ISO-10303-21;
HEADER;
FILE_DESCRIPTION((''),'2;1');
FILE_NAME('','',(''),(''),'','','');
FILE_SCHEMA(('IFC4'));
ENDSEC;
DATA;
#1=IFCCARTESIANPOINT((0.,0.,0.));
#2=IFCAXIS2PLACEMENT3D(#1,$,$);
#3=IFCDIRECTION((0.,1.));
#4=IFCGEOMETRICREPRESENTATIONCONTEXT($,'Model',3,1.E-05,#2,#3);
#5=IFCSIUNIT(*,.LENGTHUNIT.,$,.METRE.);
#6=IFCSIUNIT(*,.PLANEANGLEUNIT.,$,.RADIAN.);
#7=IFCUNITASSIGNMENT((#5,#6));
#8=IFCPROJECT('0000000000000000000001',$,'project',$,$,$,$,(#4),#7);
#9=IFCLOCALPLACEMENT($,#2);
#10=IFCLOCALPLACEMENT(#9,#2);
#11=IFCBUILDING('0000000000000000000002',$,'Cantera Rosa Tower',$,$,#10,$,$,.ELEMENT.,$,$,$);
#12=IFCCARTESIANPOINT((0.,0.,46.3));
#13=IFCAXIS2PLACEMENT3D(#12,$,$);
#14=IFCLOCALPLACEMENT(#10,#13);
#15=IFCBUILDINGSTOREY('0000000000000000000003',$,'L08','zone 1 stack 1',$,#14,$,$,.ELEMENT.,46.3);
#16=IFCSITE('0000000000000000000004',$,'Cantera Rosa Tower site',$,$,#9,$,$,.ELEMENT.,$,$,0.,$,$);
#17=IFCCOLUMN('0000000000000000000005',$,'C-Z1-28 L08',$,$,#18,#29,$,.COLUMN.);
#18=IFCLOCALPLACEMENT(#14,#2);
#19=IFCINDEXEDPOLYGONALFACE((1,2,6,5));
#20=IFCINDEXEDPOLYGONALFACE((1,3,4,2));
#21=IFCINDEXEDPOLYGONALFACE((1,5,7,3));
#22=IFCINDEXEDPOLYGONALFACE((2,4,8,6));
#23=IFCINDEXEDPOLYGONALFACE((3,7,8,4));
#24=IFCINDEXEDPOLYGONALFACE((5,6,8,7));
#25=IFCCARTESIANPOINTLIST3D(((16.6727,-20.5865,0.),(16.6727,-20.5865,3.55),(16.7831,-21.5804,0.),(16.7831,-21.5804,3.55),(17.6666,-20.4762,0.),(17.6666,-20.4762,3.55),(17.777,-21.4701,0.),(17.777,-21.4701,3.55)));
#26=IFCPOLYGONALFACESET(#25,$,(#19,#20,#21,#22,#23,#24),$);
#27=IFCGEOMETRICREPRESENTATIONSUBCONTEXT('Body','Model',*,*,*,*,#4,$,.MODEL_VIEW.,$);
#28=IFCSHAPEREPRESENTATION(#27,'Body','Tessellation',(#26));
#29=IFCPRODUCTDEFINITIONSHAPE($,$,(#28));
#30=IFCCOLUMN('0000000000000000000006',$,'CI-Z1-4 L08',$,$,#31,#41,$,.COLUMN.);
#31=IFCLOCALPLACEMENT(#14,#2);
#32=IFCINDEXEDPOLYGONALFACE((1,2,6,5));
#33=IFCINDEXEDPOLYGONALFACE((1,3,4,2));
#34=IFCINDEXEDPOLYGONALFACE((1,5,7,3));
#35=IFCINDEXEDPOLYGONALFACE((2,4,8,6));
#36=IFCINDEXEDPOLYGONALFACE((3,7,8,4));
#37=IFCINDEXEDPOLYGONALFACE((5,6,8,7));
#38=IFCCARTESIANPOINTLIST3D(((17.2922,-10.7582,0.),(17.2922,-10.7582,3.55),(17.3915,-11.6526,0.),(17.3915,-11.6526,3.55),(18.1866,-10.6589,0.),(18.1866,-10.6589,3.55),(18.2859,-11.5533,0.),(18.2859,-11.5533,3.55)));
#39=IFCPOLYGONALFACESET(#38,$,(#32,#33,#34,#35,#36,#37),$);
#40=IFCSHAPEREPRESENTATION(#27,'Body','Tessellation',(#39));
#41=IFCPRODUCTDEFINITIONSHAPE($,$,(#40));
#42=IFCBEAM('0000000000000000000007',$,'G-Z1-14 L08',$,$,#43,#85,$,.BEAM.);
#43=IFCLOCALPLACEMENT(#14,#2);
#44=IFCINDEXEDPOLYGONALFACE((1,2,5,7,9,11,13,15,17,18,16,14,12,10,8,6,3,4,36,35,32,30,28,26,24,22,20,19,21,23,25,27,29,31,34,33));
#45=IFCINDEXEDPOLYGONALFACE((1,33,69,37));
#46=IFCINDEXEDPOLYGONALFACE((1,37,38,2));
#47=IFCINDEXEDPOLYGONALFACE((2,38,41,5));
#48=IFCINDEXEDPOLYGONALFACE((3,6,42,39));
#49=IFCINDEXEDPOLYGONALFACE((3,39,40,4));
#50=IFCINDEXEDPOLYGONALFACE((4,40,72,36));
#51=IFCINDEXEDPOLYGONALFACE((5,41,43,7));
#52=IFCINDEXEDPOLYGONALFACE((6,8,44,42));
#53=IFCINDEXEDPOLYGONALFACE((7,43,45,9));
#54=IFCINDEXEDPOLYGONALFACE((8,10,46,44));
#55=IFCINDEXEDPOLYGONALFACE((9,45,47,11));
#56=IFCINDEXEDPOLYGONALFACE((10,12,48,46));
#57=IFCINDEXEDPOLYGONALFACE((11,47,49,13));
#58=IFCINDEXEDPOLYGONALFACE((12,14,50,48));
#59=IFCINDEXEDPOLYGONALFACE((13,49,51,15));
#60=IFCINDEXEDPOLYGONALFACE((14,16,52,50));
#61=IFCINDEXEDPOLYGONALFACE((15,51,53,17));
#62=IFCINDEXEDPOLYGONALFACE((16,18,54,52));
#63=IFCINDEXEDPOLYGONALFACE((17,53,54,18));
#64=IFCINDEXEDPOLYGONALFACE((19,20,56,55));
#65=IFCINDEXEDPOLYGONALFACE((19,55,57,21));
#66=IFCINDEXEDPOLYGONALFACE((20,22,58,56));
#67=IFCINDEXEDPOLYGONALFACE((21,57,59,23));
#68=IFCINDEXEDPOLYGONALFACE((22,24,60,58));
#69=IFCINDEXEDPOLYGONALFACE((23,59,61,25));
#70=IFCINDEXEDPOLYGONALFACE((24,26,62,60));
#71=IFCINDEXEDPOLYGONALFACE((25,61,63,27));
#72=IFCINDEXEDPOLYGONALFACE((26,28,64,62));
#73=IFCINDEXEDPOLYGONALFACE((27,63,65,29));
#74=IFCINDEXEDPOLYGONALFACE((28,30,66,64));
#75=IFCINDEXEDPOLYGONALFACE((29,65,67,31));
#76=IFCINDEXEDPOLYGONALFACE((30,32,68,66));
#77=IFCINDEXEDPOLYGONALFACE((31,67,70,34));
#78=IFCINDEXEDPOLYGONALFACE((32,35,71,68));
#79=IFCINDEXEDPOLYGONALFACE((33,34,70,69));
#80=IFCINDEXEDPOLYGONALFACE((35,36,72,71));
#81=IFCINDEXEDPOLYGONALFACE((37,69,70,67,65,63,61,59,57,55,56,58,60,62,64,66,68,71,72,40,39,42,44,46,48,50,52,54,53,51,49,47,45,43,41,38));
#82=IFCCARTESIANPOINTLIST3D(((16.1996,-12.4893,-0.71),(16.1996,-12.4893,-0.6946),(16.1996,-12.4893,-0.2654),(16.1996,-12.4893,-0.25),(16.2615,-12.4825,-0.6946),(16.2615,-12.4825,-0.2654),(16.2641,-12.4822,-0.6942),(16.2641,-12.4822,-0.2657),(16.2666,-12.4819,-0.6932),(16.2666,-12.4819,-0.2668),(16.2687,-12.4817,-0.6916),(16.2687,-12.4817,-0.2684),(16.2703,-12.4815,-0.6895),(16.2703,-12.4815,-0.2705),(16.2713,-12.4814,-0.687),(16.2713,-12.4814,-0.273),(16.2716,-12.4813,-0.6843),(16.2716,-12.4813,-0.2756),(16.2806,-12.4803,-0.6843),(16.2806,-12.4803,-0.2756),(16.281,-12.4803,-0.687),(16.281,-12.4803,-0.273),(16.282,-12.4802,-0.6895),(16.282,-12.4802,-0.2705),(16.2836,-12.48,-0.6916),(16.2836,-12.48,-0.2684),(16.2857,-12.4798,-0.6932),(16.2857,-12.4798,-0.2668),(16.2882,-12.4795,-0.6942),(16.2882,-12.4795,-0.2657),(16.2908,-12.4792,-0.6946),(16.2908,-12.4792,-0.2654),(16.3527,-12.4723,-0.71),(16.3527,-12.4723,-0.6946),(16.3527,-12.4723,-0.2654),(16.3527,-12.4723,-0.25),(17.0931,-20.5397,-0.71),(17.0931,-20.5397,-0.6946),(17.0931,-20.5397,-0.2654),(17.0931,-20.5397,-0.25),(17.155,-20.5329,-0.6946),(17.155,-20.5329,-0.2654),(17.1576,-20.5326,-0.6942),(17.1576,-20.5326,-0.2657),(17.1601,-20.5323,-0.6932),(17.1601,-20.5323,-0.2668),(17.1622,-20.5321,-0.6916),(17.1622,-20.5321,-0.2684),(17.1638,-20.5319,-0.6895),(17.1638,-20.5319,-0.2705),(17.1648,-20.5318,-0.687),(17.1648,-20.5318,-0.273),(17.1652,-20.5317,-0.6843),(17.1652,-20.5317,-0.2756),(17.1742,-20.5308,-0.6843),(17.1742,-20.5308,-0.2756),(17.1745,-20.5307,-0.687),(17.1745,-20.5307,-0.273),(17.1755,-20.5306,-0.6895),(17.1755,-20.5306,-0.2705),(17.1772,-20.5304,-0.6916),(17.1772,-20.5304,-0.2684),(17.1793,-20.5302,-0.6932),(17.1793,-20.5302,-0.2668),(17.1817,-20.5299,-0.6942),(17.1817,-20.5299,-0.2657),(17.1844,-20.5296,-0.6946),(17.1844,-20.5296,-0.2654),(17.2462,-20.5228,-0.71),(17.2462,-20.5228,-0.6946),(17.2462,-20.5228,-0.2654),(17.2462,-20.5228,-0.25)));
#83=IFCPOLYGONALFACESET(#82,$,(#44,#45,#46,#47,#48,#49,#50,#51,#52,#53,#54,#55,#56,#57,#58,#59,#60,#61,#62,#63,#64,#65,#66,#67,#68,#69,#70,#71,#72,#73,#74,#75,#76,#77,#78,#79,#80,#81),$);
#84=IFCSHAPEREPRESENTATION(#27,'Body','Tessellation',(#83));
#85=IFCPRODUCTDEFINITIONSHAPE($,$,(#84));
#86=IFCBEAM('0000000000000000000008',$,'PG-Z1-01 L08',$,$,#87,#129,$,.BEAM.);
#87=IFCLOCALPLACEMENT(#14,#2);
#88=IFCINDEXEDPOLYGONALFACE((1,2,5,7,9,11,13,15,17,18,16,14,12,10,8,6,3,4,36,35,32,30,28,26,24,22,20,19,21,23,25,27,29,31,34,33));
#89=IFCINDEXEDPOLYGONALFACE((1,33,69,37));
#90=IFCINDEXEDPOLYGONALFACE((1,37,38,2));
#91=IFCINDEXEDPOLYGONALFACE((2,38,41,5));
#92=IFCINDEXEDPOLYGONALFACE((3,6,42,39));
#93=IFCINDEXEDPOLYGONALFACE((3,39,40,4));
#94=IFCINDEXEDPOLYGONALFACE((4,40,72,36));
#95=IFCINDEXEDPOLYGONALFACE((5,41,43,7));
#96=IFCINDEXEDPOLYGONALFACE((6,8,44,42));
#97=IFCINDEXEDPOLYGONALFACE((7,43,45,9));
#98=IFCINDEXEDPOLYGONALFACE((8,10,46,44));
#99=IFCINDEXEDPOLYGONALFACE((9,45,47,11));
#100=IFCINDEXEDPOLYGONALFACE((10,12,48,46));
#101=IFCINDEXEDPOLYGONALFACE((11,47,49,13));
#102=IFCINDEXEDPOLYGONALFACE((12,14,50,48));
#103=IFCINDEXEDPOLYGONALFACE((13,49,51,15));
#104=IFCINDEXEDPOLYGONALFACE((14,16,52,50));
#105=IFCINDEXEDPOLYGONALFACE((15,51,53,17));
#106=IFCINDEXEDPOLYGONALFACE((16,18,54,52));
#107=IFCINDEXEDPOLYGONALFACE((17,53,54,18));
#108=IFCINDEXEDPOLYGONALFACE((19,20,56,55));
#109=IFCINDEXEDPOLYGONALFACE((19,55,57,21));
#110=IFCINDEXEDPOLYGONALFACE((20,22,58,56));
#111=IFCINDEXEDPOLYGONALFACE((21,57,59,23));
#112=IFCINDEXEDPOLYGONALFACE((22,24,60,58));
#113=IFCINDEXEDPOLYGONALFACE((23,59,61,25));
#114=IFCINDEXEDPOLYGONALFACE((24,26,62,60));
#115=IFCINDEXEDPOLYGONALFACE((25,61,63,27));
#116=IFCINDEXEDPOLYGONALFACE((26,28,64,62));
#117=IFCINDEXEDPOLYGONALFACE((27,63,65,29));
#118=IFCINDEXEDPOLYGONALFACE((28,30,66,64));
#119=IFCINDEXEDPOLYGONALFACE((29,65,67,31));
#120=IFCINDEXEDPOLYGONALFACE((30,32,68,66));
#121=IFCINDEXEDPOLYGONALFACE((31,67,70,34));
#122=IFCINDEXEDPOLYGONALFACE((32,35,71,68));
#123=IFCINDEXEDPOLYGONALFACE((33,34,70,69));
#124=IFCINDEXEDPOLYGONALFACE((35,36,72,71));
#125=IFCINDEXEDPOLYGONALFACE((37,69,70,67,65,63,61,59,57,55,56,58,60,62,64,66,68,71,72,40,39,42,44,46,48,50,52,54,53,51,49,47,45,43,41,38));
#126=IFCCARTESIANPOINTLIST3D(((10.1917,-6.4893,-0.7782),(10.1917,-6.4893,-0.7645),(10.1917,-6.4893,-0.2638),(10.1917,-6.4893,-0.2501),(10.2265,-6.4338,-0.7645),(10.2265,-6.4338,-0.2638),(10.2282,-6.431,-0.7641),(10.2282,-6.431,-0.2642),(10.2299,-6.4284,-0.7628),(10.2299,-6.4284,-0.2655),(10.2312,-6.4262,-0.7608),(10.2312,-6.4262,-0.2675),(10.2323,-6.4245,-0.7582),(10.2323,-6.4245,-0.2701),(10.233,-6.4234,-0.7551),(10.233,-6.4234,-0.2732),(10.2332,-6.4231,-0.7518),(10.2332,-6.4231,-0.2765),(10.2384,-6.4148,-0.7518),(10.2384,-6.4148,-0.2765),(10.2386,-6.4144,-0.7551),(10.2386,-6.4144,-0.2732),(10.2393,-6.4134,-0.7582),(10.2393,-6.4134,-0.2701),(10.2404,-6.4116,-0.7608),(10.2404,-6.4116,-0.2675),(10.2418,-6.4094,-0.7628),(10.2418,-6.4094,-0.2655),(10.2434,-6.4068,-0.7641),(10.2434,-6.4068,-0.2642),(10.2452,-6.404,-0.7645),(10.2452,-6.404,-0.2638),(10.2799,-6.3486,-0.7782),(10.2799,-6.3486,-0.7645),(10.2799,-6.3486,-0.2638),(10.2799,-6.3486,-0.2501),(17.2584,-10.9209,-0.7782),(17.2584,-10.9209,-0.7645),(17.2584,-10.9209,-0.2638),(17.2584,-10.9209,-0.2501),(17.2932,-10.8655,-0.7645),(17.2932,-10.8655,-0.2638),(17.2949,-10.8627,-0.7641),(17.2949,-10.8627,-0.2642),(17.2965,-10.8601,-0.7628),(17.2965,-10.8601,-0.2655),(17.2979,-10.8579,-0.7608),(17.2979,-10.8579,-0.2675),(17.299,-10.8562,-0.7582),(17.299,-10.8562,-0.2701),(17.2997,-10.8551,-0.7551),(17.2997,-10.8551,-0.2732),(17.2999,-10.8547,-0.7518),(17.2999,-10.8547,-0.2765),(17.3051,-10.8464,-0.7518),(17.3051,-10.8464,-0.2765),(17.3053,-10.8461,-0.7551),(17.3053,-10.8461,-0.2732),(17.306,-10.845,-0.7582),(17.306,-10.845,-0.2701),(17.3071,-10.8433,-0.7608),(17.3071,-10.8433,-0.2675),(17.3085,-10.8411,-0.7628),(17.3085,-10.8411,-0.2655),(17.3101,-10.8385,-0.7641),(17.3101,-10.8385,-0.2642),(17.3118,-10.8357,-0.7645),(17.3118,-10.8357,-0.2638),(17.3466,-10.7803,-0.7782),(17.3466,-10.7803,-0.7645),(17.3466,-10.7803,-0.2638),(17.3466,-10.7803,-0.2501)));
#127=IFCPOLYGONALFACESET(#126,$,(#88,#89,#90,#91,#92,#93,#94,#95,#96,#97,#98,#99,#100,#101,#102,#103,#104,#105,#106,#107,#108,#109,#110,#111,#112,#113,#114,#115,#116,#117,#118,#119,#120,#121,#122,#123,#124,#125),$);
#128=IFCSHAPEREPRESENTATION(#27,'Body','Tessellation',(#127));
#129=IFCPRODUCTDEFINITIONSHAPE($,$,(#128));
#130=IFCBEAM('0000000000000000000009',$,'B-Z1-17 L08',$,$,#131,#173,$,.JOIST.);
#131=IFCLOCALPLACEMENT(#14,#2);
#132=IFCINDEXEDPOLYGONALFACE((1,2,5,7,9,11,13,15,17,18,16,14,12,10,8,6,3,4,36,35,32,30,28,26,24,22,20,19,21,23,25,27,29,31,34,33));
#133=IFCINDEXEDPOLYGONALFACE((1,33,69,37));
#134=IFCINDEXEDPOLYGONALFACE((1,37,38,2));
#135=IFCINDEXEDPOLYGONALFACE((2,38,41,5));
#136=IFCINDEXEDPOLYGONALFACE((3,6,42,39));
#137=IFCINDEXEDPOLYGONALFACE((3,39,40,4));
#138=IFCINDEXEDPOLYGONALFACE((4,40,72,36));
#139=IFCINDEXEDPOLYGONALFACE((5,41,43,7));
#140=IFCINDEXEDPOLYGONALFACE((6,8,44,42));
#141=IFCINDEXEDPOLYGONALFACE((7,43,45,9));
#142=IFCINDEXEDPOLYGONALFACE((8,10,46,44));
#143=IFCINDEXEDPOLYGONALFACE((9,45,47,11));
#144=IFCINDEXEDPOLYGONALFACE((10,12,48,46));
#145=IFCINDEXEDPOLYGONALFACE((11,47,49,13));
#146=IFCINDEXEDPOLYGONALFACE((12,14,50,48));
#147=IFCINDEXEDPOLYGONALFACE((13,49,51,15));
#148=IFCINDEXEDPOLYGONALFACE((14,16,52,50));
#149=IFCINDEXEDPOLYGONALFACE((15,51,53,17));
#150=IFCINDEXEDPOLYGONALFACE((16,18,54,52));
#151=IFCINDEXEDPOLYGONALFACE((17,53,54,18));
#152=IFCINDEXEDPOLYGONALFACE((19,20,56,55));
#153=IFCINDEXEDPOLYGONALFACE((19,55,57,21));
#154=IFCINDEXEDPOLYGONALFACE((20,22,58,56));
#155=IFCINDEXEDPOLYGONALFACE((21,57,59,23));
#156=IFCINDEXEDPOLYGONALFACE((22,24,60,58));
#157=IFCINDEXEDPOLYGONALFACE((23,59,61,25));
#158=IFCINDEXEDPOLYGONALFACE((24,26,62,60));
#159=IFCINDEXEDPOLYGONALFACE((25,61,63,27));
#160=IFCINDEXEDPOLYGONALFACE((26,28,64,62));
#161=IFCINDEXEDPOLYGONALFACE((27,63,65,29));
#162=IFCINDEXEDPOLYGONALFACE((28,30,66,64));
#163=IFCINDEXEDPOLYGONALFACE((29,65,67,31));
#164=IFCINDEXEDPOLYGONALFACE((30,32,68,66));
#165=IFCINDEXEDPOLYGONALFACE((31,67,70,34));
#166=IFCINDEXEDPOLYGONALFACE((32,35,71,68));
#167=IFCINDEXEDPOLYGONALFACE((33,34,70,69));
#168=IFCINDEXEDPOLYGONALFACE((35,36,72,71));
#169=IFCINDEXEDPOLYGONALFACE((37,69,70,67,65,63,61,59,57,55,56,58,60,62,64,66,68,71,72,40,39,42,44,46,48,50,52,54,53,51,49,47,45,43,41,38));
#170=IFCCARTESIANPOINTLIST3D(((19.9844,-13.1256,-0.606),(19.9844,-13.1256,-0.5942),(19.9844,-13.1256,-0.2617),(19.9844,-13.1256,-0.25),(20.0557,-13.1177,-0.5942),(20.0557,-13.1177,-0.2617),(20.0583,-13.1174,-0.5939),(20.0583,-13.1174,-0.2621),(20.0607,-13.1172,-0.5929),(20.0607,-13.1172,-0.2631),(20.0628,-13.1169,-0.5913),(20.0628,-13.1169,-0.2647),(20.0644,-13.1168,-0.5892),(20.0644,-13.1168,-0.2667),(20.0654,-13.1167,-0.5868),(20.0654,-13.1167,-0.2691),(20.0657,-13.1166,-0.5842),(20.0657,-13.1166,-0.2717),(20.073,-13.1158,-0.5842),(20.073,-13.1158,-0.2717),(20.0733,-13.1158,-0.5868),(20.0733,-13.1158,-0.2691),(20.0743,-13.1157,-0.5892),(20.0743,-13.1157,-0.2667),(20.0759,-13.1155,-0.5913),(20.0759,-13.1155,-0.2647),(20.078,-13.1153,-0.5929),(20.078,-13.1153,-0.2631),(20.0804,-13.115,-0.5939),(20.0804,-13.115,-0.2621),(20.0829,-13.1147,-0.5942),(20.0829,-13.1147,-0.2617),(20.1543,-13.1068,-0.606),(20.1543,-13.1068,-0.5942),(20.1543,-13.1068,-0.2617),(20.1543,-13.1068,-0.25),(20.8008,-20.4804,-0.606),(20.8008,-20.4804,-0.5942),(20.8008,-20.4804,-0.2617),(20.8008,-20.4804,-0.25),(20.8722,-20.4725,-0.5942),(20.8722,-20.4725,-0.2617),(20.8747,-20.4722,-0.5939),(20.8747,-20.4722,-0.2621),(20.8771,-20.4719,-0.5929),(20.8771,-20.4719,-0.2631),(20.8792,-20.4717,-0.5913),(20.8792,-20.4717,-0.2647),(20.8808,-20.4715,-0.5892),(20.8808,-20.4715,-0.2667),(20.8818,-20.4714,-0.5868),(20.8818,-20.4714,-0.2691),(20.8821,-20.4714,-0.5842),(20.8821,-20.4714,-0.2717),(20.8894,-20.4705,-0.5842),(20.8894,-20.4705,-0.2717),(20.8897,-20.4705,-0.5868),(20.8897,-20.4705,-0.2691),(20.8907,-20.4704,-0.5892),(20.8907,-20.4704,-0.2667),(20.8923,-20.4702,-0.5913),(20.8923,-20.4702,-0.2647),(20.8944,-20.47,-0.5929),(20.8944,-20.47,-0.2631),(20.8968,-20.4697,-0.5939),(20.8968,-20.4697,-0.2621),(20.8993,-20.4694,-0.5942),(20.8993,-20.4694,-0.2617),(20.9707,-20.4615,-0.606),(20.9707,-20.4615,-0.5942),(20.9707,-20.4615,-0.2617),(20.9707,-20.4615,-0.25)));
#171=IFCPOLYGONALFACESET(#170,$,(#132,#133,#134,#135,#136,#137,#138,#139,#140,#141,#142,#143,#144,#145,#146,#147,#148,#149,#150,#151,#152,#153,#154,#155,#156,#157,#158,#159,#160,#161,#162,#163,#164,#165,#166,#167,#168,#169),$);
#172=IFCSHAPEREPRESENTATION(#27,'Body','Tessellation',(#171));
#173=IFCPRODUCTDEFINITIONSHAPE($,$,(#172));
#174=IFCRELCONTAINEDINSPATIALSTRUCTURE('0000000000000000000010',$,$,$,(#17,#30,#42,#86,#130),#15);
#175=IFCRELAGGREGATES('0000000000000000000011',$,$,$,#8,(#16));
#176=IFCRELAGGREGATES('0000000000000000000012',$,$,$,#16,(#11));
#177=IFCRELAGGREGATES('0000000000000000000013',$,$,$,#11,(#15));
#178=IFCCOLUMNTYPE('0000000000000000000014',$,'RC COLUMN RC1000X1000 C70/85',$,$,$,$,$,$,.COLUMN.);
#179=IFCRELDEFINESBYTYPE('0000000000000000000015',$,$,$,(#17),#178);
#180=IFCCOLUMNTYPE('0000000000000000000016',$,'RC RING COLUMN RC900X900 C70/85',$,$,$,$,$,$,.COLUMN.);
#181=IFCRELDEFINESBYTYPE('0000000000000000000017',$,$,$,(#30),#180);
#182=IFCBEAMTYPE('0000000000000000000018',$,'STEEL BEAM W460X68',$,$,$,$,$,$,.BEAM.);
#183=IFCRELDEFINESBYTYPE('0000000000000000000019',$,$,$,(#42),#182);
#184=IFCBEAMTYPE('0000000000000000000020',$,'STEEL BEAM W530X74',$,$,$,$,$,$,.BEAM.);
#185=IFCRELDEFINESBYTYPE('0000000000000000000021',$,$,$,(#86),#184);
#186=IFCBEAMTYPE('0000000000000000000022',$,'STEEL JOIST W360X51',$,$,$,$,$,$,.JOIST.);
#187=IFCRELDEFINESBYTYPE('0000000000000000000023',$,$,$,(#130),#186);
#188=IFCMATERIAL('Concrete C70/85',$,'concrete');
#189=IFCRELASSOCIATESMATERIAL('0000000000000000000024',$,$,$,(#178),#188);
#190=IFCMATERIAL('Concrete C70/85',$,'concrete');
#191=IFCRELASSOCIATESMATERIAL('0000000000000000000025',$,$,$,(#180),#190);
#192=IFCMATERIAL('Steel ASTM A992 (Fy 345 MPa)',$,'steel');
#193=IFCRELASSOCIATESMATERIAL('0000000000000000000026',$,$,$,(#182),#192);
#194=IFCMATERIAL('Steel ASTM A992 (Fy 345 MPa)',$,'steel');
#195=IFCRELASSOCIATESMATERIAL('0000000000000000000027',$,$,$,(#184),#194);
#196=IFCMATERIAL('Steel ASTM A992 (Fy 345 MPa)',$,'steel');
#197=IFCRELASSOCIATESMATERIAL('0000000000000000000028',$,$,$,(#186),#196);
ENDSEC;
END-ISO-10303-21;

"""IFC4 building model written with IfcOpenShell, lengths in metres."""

from ifc_helpers import new_model, si_unit, direction, frame, origin, origin_2d, place, context, subcontext, project, spatial, rectangle, i_section, extrude, material, material_profile, profile_set, type_object, element, save


model = new_model("IFC4")

# Units and contexts
model_context = context("Model", 3, precision=1e-05, world=origin(), true_north=direction((0.0, 1.0)))
body_context = subcontext(model_context, "Body", "Model", "MODEL_VIEW")
ifc_project = project(units=[si_unit("LENGTHUNIT", "METRE"), si_unit("PLANEANGLEUNIT", "RADIAN")], contexts=[model_context])

# Site, building, storey
site_placement = place(None, origin())
site = spatial("IfcSite", under=ifc_project, at=site_placement, Name="Cantera Rosa Tower site", CompositionType="ELEMENT", RefElevation=0.0)
building_placement = place(site_placement, origin())
building = spatial("IfcBuilding", under=site, at=building_placement, Name="Cantera Rosa Tower", CompositionType="ELEMENT")
storey_placement = place(building_placement, frame((0.0, 0.0, 46.3)))
storey = spatial("IfcBuildingStorey", under=building, at=storey_placement, Name="L08", Description="zone 1 stack 1", CompositionType="ELEMENT", Elevation=46.3)

# Columns
ifc_material_1 = material(Name="Concrete C70/85", Category="concrete")
ifc_material_profile_1 = material_profile(ifc_material_1, rectangle(XDim=1.0, YDim=1.0, at=origin_2d()), Name="RC COLUMN RC1000X1000 C70/85")
ifc_profile_set_1 = profile_set([ifc_material_profile_1], Name="Concrete C70/85")
column_type_1 = type_object("IfcColumnType", Name="RC COLUMN RC1000X1000 C70/85", PredefinedType="COLUMN", material=ifc_profile_set_1)
column_1_placement = place(storey_placement, frame((17.2249, -21.0283, 0.0), z_axis=(0.0, 0.0, 1.0), x_axis=(0.993897, 0.110313, 0.0)))
element("IfcColumn", 1, at=column_1_placement, inside=storey, type_object=column_type_1, Name="C-Z1-28 L08", PredefinedType="COLUMN", context=body_context, shape_type="SweptSolid", body=[
    extrude(rectangle(XDim=1.0, YDim=1.0, at=origin_2d()), origin(), (0.0, 0.0, 1.0), 3.55),
])
ifc_material_2 = material(Name="Concrete C70/85", Category="concrete")
ifc_material_profile_2 = material_profile(ifc_material_2, rectangle(XDim=0.8999, YDim=0.8999, at=origin_2d()), Name="RC RING COLUMN RC900X900 C70/85")
ifc_profile_set_2 = profile_set([ifc_material_profile_2], Name="Concrete C70/85")
column_type_2 = type_object("IfcColumnType", Name="RC RING COLUMN RC900X900 C70/85", PredefinedType="COLUMN", material=ifc_profile_set_2)
column_2_placement = place(storey_placement, frame((17.7891, -11.1558, 0.0), z_axis=(0.0, 0.0, 1.0), x_axis=(0.993897, 0.110313, 0.0)))
element("IfcColumn", 2, at=column_2_placement, inside=storey, type_object=column_type_2, Name="CI-Z1-4 L08", PredefinedType="COLUMN", context=body_context, shape_type="SweptSolid", body=[
    extrude(rectangle(XDim=0.8999, YDim=0.8999, at=origin_2d()), origin(), (0.0, 0.0, 1.0), 3.55),
])

# Beams
ifc_material_3 = material(Name="Steel ASTM A992 (Fy 345 MPa)", Category="steel")
ifc_material_profile_3 = material_profile(ifc_material_3, i_section(OverallWidth=0.1541, OverallDepth=0.46, WebThickness=0.009, FlangeThickness=0.0154, FilletRadius=0.0103, at=origin_2d()), Name="W460X68")
ifc_profile_set_3 = profile_set([ifc_material_profile_3], Name="Steel ASTM A992 (Fy 345 MPa)")
beam_type_1 = type_object("IfcBeamType", Name="STEEL BEAM W460X68", PredefinedType="BEAM", material=ifc_profile_set_3)
beam_1_placement = place(storey_placement, frame((17.1697, -20.5312, -0.48), z_axis=(-0.110316, 0.993897, 0.0), x_axis=(-0.993897, -0.110316, 0.0)))
element("IfcBeam", 3, at=beam_1_placement, inside=storey, type_object=beam_type_1, Name="G-Z1-14 L08", PredefinedType="BEAM", context=body_context, shape_type="SweptSolid", body=[
    extrude(i_section(OverallWidth=0.1541, OverallDepth=0.46, WebThickness=0.009, FlangeThickness=0.0154, FilletRadius=0.0103, at=origin_2d()), origin(), (0.0, 0.0, 1.0), 8.0999),
])
ifc_material_4 = material(Name="Steel ASTM A992 (Fy 345 MPa)", Category="steel")
ifc_material_profile_4 = material_profile(ifc_material_4, i_section(OverallWidth=0.166, OverallDepth=0.5281, WebThickness=0.0098, FlangeThickness=0.0137, FilletRadius=0.0127, at=origin_2d()), Name="W530X74")
ifc_profile_set_4 = profile_set([ifc_material_profile_4], Name="Steel ASTM A992 (Fy 345 MPa)")
beam_type_2 = type_object("IfcBeamType", Name="STEEL BEAM W530X74", PredefinedType="BEAM", material=ifc_profile_set_4)
beam_2_placement = place(storey_placement, frame((17.3025, -10.8506, -0.5142), z_axis=(-0.84719, 0.53129, 0.0), x_axis=(-0.53129, -0.84719, 0.0)))
element("IfcBeam", 4, at=beam_2_placement, inside=storey, type_object=beam_type_2, Name="PG-Z1-01 L08", PredefinedType="BEAM", context=body_context, shape_type="SweptSolid", body=[
    extrude(i_section(OverallWidth=0.166, OverallDepth=0.5281, WebThickness=0.0098, FlangeThickness=0.0137, FilletRadius=0.0127, at=origin_2d()), origin(), (0.0, 0.0, 1.0), 8.3413),
])
ifc_material_5 = material(Name="Steel ASTM A992 (Fy 345 MPa)", Category="steel")
ifc_material_profile_5 = material_profile(ifc_material_5, i_section(OverallWidth=0.1709, OverallDepth=0.356, WebThickness=0.0073, FlangeThickness=0.0117, FilletRadius=0.01, at=origin_2d()), Name="W360X51")
ifc_profile_set_5 = profile_set([ifc_material_profile_5], Name="Steel ASTM A992 (Fy 345 MPa)")
beam_type_3 = type_object("IfcBeamType", Name="STEEL JOIST W360X51", PredefinedType="JOIST", material=ifc_profile_set_5)
beam_3_placement = place(storey_placement, frame((20.8857, -20.4709, -0.428), z_axis=(-0.110327, 0.993895, 0.0), x_axis=(-0.993895, -0.110327, 0.0)))
element("IfcBeam", 5, at=beam_3_placement, inside=storey, type_object=beam_type_3, Name="B-Z1-17 L08", PredefinedType="JOIST", context=body_context, shape_type="SweptSolid", body=[
    extrude(i_section(OverallWidth=0.1709, OverallDepth=0.356, WebThickness=0.0073, FlangeThickness=0.0117, FilletRadius=0.01, at=origin_2d()), origin(), (0.0, 0.0, 1.0), 7.3999),
])

save(model, "model.ifc")
